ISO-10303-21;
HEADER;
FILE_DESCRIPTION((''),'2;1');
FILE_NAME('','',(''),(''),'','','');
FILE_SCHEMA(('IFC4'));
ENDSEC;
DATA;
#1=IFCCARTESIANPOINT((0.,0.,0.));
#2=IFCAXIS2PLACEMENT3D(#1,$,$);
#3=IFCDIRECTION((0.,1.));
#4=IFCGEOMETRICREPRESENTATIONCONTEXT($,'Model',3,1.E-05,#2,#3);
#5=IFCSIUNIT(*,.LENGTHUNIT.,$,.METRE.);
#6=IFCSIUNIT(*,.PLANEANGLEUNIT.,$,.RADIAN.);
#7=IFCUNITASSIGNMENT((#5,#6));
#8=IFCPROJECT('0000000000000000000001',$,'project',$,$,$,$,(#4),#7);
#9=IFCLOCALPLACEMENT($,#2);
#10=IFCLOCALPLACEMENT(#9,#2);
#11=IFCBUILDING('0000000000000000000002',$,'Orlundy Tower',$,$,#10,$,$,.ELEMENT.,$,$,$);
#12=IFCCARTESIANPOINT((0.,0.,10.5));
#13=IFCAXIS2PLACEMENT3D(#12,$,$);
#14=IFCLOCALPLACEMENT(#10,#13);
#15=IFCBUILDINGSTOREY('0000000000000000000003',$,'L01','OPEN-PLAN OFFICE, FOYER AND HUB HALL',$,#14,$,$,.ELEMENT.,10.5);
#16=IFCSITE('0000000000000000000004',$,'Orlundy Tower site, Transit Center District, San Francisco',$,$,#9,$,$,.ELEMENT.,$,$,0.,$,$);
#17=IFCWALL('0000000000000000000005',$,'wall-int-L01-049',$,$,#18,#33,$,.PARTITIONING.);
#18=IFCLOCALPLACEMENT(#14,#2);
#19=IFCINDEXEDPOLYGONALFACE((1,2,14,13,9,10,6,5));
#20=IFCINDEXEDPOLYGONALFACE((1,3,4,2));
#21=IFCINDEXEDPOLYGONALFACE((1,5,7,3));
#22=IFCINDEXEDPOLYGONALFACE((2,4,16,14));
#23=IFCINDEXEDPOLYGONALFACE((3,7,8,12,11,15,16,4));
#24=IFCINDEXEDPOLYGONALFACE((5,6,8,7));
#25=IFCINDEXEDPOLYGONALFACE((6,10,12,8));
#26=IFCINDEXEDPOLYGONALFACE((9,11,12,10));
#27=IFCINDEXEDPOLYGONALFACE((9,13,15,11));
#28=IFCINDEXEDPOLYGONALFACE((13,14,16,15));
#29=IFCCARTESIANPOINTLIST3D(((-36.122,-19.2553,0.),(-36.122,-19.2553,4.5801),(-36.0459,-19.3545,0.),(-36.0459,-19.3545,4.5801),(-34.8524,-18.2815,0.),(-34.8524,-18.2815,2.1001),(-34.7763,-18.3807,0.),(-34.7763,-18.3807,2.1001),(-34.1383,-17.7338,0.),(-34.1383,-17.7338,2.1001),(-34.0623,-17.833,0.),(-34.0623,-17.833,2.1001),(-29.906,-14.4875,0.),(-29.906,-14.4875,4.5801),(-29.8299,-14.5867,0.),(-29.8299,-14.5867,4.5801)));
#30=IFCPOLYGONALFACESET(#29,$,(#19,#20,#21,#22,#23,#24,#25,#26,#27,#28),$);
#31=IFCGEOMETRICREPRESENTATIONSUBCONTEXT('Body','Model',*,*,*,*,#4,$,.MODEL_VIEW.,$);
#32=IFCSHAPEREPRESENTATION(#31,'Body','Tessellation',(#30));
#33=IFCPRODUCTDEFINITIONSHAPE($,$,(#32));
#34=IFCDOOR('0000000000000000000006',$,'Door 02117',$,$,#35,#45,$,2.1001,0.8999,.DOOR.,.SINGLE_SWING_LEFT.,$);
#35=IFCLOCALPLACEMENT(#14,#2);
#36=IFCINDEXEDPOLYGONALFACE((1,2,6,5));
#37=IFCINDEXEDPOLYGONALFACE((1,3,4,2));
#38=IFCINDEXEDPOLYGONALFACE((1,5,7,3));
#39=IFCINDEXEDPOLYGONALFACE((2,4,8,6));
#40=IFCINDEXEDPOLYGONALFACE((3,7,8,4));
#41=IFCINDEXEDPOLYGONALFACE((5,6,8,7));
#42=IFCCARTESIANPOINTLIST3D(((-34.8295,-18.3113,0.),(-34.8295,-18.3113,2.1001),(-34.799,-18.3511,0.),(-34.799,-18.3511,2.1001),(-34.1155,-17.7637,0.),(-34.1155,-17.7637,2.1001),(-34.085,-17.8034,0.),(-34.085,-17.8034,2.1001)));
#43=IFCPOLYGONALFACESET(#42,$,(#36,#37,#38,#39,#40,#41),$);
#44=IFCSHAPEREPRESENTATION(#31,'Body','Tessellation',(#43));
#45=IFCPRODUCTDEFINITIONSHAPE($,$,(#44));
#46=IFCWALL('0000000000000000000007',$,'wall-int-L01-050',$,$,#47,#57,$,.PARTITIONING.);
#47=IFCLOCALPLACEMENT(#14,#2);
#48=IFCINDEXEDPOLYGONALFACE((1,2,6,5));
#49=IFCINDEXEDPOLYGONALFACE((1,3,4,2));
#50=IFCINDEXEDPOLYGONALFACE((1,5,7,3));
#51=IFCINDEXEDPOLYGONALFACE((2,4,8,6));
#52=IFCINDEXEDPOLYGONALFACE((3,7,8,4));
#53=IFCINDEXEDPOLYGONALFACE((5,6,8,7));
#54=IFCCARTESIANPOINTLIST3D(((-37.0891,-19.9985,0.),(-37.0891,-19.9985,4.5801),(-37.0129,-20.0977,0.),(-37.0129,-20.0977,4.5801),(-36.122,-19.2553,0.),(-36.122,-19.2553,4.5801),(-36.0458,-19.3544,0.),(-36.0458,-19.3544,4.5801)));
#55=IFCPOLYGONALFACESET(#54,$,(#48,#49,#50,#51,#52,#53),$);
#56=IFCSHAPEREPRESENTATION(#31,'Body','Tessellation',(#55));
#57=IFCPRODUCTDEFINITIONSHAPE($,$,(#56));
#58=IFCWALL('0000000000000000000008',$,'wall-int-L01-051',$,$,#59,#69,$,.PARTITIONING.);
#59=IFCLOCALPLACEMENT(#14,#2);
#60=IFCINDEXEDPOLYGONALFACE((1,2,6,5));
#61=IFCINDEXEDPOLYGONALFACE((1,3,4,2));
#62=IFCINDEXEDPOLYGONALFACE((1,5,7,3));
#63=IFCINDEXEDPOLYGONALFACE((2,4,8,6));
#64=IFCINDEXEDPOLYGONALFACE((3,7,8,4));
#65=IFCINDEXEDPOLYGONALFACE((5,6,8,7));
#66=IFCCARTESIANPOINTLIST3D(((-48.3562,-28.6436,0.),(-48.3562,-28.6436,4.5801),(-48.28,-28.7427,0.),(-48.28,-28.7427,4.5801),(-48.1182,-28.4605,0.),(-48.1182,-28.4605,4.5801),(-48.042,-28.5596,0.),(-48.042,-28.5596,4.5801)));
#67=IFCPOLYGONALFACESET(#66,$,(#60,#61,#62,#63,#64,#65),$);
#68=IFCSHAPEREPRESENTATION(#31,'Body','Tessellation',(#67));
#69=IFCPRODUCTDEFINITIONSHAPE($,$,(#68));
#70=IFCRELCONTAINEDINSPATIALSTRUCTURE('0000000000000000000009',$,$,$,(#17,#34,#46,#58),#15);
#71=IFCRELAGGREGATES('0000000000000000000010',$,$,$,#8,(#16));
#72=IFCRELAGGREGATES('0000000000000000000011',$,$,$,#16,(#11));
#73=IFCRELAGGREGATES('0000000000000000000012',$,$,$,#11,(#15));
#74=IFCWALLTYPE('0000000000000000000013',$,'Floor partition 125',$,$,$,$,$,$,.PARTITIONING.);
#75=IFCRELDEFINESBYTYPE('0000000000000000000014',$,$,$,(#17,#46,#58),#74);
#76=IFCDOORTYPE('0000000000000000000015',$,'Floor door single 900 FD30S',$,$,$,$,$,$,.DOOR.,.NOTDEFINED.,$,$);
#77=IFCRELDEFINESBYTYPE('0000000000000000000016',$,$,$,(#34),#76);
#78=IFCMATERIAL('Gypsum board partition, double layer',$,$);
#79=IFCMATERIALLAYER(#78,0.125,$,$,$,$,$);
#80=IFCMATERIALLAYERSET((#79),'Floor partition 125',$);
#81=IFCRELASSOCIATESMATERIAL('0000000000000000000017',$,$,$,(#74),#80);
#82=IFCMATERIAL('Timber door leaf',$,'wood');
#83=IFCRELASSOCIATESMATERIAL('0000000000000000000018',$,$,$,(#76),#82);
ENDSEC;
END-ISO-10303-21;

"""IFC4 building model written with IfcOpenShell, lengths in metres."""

from ifc_helpers import new_model, si_unit, direction, frame, frame_2d, origin, place, context, subcontext, project, spatial, rectangle, extrude, material, layer, layer_set, type_object, element, fill, save


model = new_model("IFC4")

# Units and contexts
model_context = context("Model", 3, precision=1e-05, world=origin(), true_north=direction((0.0, 1.0)))
body_context = subcontext(model_context, "Body", "Model", "MODEL_VIEW")
ifc_project = project(units=[si_unit("LENGTHUNIT", "METRE"), si_unit("PLANEANGLEUNIT", "RADIAN")], contexts=[model_context])

# Site, building, storey
site_placement = place(None, origin())
site = spatial("IfcSite", under=ifc_project, at=site_placement, Name="Orlundy Tower site, Transit Center District, San Francisco", CompositionType="ELEMENT", RefElevation=0.0)
building_placement = place(site_placement, origin())
building = spatial("IfcBuilding", under=site, at=building_placement, Name="Orlundy Tower", CompositionType="ELEMENT")
storey_placement = place(building_placement, frame((0.0, 0.0, 10.5)))
storey = spatial("IfcBuildingStorey", under=building, at=storey_placement, Name="L01", Description="OPEN-PLAN OFFICE, FOYER AND HUB HALL", CompositionType="ELEMENT", Elevation=10.5)

# Shared definitions
ifc_material_1 = material(Name="Gypsum board partition, double layer")
ifc_layer_1 = layer(ifc_material_1, 0.125)
ifc_layer_set_1 = layer_set([ifc_layer_1], Name="Floor partition 125")
wall_type_1 = type_object("IfcWallType", Name="Floor partition 125", PredefinedType="PARTITIONING", material=ifc_layer_set_1)

# Shared definitions
ifc_material_2 = material(Name="Timber door leaf", Category="wood")
door_type = type_object("IfcDoorType", Name="Floor door single 900 FD30S", OperationType="NOTDEFINED", PredefinedType="DOOR", material=ifc_material_2)

# Wall, opening, door
wall_1_placement = place(storey_placement, frame((-36.084, -19.3049, 0.0), z_axis=(0.0, 0.0, 1.0), x_axis=(0.793472, 0.608606, 0.0)))
wall_1 = element("IfcWall", 1, at=wall_1_placement, inside=storey, type_object=wall_type_1, Name="wall-int-L01-049", PredefinedType="PARTITIONING", context=body_context, shape_type="SweptSolid", body=[
    extrude(rectangle(XDim=7.834, YDim=0.125, at=frame_2d((3.917, 0.0))), origin(), (0.0, 0.0, 1.0), 4.5801),
])
opening_1_placement = place(wall_1_placement, frame((1.6001, 0.0, 0.0)))
opening_1 = element("IfcOpeningElement", 2, at=opening_1_placement, cuts=wall_1, PredefinedType="OPENING", context=body_context, shape_type="SweptSolid", body=[
    extrude(rectangle(XDim=0.8999, YDim=2.1001, at=frame_2d((0.45, 1.05))), frame((0.0, 0.0725, 0.0), z_axis=(0.0, -1.0, 0.0), x_axis=(1.0, 0.0, 0.0)), (0.0, 0.0, 1.0), 0.145),
])
door_1_placement = place(opening_1_placement, origin())
door_1 = element("IfcDoor", 3, at=door_1_placement, inside=storey, type_object=door_type, Name="Door 02117", OperationType="SINGLE_SWING_LEFT", OverallHeight=2.1001, OverallWidth=0.8999, PredefinedType="DOOR", context=body_context, shape_type="SweptSolid", body=[
    extrude(rectangle(XDim=0.8999, YDim=2.1001, at=frame_2d((0.45, 1.05))), frame((0.0, 0.0249, 0.0), z_axis=(0.0, -1.0, 0.0), x_axis=(1.0, 0.0, 0.0)), (0.0, 0.0, 1.0), 0.05),
])
fill(opening_1, door_1)

# Walls
wall_2_placement = place(storey_placement, frame((-37.051, -20.0481, 0.0), z_axis=(0.0, 0.0, 1.0), x_axis=(0.792907, 0.609343, 0.0)))
element("IfcWall", 4, at=wall_2_placement, inside=storey, type_object=wall_type_1, Name="wall-int-L01-050", PredefinedType="PARTITIONING", context=body_context, shape_type="SweptSolid", body=[
    extrude(rectangle(XDim=1.2197, YDim=0.125, at=frame_2d((0.6099, 0.0))), origin(), (0.0, 0.0, 1.0), 4.5801),
])
wall_3_placement = place(storey_placement, frame((-48.3181, -28.6931, 0.0), z_axis=(0.0, 0.0, 1.0), x_axis=(0.792624, 0.609711, 0.0)))
element("IfcWall", 5, at=wall_3_placement, inside=storey, type_object=wall_type_1, Name="wall-int-L01-051", PredefinedType="PARTITIONING", context=body_context, shape_type="SweptSolid", body=[
    extrude(rectangle(XDim=0.3003, YDim=0.125, at=frame_2d((0.1501, 0.0))), origin(), (0.0, 0.0, 1.0), 4.5801),
])

save(model, "model.ifc")
